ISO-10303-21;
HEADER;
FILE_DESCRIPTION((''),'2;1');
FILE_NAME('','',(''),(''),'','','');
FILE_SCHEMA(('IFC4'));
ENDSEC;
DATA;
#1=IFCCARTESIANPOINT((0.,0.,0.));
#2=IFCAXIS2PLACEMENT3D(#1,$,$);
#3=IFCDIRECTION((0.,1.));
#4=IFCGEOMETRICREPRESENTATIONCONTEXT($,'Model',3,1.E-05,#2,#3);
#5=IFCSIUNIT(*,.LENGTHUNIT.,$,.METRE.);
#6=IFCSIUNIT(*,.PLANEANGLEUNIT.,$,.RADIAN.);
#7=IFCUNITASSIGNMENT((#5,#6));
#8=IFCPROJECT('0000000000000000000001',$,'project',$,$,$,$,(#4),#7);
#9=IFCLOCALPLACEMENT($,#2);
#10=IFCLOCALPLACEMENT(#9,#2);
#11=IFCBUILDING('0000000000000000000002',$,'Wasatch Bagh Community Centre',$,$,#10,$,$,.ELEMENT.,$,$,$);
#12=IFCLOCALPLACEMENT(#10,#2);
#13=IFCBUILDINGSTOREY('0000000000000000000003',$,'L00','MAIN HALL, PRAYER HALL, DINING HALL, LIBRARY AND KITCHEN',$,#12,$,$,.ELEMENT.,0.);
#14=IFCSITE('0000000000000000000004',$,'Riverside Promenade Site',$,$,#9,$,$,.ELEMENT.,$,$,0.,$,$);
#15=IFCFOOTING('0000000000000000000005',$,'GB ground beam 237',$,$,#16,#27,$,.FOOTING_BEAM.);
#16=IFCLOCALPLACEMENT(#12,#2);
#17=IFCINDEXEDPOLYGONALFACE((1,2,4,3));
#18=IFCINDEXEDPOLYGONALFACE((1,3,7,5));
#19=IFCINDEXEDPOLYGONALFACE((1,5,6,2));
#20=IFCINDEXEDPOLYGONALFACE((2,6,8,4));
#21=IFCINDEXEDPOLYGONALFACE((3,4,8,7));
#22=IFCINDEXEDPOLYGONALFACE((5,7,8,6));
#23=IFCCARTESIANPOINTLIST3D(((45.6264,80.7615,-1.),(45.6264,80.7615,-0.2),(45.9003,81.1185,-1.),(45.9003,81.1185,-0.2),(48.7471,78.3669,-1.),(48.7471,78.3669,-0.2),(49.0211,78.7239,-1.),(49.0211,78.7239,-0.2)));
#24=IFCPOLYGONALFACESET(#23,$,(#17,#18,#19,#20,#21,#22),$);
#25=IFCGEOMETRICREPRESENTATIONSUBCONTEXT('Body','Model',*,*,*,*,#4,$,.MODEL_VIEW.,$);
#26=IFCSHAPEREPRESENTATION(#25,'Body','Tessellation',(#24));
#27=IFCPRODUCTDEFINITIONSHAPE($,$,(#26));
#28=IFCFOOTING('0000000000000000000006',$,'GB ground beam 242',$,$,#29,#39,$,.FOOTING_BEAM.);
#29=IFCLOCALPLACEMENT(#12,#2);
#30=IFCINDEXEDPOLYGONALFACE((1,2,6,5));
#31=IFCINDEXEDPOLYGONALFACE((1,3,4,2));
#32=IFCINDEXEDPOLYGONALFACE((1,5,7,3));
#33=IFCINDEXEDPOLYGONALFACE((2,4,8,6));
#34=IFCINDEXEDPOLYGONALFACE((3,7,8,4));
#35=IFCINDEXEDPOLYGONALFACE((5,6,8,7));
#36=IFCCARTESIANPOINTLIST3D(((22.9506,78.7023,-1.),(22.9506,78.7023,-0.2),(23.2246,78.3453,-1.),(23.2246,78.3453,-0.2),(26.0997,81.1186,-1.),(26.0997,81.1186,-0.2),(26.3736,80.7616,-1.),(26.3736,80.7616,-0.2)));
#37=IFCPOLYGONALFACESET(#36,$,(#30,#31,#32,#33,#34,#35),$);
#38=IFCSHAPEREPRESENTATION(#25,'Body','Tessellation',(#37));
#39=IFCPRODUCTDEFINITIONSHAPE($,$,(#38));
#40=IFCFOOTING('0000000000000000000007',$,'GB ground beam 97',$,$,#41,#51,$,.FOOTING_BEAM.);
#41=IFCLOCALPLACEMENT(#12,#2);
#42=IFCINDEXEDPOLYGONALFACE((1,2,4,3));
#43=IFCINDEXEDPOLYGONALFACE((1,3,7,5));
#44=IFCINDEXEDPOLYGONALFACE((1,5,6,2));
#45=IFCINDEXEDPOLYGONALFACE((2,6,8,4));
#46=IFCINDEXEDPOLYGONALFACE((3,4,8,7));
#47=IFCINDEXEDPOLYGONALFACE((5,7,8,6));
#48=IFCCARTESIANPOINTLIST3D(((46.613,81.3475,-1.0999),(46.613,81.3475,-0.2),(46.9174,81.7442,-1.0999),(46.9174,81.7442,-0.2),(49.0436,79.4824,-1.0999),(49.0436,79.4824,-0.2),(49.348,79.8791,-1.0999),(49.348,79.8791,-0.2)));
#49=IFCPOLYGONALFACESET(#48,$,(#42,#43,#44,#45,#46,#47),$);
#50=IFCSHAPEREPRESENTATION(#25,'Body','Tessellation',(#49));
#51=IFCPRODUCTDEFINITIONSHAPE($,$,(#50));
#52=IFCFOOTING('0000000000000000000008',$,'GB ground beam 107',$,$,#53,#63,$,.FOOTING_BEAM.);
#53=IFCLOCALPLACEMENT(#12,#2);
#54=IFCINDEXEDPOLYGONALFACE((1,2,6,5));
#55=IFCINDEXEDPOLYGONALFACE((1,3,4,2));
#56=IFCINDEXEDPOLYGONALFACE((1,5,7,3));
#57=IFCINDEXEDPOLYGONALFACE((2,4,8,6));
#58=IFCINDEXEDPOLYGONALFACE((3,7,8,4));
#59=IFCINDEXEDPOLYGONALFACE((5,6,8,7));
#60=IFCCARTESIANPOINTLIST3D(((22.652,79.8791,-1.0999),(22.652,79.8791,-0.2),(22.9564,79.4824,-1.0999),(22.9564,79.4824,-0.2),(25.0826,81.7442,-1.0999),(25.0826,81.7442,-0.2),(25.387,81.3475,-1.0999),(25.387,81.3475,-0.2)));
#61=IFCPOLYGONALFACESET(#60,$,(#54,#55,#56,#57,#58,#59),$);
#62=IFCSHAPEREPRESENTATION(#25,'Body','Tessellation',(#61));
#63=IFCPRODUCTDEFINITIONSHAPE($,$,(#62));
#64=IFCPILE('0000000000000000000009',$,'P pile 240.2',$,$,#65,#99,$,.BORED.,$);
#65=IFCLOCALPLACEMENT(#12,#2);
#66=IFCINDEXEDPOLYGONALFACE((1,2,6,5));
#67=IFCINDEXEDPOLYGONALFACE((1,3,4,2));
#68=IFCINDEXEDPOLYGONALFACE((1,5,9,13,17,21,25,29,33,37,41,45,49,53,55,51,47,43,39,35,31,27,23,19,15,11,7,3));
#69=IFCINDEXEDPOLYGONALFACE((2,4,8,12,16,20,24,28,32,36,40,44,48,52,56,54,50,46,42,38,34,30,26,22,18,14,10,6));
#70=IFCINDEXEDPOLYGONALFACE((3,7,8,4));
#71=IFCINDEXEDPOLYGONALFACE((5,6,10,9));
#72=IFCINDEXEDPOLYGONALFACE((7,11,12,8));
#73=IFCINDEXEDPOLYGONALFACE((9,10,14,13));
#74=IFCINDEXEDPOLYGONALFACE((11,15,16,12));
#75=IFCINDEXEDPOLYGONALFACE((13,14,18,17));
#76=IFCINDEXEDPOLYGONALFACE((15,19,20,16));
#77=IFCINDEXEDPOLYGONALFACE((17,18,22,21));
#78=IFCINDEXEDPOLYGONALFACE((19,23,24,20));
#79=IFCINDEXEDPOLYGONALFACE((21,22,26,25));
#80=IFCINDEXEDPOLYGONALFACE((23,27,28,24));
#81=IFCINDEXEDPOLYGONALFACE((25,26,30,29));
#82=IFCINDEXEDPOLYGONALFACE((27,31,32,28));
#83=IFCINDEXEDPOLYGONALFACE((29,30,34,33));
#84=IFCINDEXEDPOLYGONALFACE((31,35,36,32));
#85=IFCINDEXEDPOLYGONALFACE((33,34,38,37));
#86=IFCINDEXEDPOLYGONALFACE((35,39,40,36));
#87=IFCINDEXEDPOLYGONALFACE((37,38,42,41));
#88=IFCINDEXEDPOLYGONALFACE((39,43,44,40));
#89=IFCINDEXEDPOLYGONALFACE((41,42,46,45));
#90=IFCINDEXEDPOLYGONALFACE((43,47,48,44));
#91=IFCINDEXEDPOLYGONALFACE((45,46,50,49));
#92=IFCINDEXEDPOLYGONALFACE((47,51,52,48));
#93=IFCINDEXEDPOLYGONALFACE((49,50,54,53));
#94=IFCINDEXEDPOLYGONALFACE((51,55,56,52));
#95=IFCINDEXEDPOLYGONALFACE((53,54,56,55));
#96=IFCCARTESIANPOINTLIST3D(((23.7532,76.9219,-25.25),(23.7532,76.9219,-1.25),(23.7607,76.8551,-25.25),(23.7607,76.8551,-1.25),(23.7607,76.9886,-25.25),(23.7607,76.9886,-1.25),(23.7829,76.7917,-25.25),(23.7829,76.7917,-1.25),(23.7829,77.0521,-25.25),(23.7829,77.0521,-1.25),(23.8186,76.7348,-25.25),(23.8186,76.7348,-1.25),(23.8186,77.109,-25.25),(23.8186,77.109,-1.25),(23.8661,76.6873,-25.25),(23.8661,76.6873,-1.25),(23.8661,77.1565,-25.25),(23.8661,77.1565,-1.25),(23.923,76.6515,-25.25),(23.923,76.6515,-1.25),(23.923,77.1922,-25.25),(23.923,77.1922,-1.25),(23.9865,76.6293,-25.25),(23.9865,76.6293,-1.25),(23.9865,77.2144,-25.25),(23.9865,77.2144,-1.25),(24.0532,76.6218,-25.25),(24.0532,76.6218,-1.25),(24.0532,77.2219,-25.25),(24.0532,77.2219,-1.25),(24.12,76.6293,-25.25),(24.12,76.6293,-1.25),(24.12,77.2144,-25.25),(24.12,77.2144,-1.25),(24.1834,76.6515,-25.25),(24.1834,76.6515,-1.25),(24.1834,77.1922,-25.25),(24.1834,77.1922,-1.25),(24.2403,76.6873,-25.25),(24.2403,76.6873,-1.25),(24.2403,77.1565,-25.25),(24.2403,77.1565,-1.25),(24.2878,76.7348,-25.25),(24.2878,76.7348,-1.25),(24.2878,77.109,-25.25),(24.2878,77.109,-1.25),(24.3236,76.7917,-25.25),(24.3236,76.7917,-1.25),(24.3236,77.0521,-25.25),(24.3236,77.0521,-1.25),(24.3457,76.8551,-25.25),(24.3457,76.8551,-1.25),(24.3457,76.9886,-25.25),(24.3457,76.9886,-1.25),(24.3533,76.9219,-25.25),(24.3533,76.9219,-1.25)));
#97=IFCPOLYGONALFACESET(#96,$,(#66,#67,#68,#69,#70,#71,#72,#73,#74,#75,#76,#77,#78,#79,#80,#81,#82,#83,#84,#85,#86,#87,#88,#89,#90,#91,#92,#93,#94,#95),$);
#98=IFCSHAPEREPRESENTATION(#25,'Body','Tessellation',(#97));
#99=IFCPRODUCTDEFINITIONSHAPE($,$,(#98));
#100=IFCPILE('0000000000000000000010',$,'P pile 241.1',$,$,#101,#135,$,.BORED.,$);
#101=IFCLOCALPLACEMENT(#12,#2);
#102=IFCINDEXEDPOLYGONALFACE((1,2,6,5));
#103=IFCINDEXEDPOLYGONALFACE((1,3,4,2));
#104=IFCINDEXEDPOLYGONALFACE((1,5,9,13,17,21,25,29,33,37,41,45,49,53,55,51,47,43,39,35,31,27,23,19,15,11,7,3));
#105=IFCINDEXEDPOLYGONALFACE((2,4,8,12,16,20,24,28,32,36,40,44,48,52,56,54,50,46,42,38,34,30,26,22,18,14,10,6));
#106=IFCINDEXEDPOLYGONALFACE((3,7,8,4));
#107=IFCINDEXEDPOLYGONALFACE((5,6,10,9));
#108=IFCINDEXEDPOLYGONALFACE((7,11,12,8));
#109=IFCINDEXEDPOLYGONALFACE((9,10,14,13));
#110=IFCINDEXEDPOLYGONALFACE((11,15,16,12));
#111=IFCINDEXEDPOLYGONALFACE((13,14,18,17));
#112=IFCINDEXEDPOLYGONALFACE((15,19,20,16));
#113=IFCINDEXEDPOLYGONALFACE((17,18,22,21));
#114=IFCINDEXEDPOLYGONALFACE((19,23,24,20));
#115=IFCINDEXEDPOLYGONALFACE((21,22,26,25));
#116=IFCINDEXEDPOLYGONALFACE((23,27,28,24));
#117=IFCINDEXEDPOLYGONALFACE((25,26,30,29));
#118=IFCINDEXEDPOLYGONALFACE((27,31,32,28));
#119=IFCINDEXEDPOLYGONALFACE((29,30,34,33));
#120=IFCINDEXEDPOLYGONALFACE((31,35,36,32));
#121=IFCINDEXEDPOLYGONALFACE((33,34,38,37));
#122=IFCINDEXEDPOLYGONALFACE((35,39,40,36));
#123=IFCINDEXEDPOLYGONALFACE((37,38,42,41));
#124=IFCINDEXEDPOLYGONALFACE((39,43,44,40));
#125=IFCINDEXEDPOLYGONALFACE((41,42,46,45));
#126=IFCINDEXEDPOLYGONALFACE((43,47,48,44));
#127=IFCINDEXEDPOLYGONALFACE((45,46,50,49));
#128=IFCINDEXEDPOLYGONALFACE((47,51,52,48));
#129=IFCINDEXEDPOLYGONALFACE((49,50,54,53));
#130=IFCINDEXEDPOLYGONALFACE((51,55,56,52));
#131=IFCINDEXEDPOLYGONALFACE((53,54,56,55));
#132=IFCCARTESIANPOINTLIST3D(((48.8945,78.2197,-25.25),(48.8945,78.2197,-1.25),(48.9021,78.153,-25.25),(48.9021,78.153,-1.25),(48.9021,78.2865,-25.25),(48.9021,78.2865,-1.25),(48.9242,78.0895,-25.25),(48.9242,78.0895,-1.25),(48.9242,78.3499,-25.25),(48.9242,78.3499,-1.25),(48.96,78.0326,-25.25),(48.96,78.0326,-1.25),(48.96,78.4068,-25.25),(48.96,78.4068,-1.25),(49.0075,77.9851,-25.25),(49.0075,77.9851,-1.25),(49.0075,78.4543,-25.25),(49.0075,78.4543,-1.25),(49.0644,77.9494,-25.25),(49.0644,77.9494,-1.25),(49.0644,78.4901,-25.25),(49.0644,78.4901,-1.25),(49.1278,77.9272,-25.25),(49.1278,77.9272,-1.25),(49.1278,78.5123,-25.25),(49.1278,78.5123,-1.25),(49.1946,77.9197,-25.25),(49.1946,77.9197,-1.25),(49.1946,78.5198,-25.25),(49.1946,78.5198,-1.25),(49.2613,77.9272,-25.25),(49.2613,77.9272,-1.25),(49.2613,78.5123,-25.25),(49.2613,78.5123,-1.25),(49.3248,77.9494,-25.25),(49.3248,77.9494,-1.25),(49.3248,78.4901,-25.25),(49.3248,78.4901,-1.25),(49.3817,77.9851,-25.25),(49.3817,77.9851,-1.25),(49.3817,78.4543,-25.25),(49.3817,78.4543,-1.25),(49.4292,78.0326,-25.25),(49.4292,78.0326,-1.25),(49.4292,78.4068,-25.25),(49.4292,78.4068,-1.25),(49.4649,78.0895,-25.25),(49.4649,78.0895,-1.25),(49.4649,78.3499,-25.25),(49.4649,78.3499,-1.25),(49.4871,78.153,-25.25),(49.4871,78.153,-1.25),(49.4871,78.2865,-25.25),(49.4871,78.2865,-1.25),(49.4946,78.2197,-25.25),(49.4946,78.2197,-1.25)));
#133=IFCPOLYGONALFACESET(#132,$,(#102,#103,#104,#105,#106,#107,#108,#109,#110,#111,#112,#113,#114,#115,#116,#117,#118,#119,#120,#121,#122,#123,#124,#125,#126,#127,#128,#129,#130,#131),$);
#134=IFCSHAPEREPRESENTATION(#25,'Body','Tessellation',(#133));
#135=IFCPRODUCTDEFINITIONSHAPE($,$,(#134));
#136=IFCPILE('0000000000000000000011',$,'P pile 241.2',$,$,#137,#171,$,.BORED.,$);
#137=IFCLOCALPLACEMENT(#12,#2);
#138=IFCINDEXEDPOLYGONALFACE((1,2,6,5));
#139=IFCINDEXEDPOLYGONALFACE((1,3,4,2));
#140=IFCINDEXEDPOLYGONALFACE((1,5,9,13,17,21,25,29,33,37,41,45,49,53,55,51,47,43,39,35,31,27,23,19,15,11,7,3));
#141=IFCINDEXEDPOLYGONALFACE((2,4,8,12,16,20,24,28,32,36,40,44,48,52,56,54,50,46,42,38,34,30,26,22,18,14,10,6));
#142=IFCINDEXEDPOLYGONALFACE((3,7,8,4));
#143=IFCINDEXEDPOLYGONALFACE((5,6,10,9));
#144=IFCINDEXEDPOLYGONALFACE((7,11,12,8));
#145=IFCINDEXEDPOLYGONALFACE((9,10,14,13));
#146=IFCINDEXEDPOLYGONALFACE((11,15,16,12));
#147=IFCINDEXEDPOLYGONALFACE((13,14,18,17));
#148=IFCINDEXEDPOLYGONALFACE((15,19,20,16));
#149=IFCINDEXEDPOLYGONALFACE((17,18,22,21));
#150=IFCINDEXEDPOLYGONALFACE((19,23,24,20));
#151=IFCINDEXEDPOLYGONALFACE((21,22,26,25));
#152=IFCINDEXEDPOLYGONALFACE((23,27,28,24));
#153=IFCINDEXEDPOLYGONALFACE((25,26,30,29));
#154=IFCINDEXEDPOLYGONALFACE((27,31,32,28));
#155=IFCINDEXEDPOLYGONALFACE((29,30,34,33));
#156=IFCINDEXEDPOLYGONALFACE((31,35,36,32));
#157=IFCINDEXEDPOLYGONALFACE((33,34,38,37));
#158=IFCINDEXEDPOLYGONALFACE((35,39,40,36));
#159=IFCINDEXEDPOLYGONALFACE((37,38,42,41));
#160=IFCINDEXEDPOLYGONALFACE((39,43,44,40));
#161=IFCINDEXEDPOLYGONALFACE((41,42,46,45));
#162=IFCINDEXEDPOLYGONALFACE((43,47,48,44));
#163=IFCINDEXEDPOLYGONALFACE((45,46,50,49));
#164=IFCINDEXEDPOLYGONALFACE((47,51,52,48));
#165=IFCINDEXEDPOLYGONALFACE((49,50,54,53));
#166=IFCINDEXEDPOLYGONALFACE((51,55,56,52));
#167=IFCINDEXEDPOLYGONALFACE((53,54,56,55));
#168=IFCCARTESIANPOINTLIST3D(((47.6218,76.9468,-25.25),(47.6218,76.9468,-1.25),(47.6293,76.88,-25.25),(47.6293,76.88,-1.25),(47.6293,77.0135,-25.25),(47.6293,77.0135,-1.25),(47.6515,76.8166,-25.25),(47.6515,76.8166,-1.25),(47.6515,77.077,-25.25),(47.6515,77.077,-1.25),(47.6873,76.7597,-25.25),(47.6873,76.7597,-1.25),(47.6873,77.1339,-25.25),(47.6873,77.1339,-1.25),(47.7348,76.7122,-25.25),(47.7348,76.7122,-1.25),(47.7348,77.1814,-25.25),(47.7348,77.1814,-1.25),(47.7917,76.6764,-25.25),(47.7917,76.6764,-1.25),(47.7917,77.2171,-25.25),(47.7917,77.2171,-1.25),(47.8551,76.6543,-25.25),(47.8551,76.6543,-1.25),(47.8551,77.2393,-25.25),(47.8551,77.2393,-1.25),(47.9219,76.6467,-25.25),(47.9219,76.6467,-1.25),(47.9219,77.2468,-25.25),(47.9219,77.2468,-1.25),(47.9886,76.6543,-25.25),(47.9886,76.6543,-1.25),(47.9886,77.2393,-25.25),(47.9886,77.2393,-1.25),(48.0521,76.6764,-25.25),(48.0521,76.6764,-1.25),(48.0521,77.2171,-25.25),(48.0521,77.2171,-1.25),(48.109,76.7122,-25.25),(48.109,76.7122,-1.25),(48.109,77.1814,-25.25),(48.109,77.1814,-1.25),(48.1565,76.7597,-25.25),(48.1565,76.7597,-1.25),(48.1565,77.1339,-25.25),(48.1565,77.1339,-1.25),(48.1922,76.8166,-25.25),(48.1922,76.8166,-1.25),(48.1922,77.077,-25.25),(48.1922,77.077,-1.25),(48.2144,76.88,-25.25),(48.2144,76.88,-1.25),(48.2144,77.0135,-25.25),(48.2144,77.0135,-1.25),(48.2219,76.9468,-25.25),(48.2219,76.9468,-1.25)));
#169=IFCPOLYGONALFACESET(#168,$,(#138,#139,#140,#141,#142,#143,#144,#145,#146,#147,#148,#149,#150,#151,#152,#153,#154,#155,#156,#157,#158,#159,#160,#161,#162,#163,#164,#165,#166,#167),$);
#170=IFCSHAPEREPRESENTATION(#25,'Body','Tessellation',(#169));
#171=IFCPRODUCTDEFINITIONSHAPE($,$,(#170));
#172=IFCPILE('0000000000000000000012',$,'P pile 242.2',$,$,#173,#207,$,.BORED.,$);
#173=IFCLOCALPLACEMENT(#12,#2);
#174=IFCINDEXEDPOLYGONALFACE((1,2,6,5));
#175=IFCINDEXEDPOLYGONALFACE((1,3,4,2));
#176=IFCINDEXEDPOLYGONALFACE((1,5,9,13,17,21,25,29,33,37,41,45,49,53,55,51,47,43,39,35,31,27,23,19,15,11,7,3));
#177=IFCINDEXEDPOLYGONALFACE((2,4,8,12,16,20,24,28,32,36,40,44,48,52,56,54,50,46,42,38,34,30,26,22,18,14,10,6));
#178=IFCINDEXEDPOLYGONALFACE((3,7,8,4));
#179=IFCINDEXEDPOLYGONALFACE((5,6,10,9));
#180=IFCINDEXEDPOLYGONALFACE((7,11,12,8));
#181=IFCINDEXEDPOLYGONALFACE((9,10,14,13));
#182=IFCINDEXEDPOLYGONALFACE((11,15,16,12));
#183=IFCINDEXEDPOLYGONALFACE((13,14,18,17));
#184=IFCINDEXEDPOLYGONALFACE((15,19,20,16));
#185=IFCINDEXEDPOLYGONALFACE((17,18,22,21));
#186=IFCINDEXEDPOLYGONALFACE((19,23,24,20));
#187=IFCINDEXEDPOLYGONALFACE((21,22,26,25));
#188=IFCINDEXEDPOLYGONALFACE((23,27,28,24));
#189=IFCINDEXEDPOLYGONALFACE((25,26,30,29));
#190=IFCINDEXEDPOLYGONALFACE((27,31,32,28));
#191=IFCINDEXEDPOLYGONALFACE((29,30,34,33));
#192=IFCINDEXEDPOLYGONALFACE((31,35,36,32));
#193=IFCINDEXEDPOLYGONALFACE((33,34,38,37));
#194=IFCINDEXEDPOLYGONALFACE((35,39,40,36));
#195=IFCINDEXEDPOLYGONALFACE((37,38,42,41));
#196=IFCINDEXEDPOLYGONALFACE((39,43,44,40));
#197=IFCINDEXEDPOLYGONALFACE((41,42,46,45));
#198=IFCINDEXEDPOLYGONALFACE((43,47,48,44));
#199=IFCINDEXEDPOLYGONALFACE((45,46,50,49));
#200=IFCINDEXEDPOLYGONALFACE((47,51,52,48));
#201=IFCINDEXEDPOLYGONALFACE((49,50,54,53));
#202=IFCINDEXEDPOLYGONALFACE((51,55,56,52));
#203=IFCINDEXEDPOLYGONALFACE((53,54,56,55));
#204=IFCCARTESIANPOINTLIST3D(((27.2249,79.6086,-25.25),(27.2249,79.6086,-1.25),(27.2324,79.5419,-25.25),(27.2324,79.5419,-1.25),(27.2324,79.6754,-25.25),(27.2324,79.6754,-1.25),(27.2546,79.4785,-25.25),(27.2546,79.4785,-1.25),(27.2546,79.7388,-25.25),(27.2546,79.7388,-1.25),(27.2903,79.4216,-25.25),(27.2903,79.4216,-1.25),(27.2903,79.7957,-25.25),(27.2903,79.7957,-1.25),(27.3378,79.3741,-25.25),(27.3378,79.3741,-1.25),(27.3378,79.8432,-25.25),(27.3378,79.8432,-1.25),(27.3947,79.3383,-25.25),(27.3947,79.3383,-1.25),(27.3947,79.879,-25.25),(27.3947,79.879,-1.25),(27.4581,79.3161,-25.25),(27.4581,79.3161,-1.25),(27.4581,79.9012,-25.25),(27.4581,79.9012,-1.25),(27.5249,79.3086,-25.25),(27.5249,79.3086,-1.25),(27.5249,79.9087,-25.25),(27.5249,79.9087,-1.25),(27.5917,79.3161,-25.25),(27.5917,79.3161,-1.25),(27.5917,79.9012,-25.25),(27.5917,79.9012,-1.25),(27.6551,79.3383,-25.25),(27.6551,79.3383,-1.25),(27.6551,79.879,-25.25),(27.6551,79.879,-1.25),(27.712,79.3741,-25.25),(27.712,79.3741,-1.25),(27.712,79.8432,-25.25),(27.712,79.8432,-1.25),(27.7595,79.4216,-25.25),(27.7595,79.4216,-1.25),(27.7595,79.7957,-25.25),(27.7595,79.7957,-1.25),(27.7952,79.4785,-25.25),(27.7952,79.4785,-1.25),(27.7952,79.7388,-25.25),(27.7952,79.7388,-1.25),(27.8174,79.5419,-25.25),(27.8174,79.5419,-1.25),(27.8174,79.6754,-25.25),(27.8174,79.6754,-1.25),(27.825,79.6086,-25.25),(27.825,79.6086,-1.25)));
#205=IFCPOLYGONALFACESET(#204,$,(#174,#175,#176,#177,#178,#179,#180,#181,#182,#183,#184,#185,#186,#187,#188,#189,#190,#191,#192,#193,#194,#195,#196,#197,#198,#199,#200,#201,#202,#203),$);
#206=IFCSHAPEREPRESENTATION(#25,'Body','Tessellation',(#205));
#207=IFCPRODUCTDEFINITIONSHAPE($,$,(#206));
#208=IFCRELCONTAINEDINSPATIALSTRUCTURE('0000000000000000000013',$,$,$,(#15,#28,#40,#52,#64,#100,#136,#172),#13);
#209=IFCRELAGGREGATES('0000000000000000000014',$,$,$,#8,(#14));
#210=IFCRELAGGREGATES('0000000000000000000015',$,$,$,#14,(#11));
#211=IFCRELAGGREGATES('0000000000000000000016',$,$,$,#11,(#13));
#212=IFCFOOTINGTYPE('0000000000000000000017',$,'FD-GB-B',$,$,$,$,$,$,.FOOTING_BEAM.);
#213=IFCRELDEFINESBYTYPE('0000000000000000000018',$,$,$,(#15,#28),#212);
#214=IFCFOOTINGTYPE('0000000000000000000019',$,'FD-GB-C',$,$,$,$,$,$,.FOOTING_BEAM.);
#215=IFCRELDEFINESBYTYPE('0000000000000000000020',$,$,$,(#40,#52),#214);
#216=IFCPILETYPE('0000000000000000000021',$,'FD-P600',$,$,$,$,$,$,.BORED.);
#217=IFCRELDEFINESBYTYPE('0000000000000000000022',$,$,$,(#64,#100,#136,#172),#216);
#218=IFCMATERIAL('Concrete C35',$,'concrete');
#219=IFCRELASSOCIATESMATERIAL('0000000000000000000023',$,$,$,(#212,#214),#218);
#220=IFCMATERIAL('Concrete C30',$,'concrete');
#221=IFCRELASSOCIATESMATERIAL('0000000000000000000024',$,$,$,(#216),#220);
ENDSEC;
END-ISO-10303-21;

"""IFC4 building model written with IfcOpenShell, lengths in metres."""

from ifc_helpers import new_model, si_unit, direction, frame, origin, origin_2d, place, context, subcontext, project, spatial, rectangle, circle, extrude, material, material_profile, profile_set, type_object, element, save


model = new_model("IFC4")

# Units and contexts
model_context = context("Model", 3, precision=1e-05, world=origin(), true_north=direction((0.0, 1.0)))
body_context = subcontext(model_context, "Body", "Model", "MODEL_VIEW")
ifc_project = project(units=[si_unit("LENGTHUNIT", "METRE"), si_unit("PLANEANGLEUNIT", "RADIAN")], contexts=[model_context])

# Site, building, storey
site_placement = place(None, origin())
site = spatial("IfcSite", under=ifc_project, at=site_placement, Name="Riverside Promenade Site", CompositionType="ELEMENT", RefElevation=0.0)
building_placement = place(site_placement, origin())
building = spatial("IfcBuilding", under=site, at=building_placement, Name="Wasatch Bagh Community Centre", CompositionType="ELEMENT")
storey_placement = place(building_placement, origin())
storey = spatial("IfcBuildingStorey", under=building, at=storey_placement, Name="L00", Description="MAIN HALL, PRAYER HALL, DINING HALL, LIBRARY AND KITCHEN", CompositionType="ELEMENT", Elevation=0.0)

# Footings
ifc_material_1 = material(Name="Concrete C35", Category="concrete")
footing_type_1 = type_object("IfcFootingType", Name="FD-GB-B", PredefinedType="FOOTING_BEAM", material=ifc_material_1)
footing_1_placement = place(storey_placement, frame((47.3237, 79.7427, -1.0), z_axis=(0.0, 0.0, 1.0), x_axis=(-0.793353, 0.608761, 0.0)))
element("IfcFooting", 1, at=footing_1_placement, inside=storey, type_object=footing_type_1, Name="GB ground beam 237", PredefinedType="FOOTING_BEAM", context=body_context, shape_type="SweptSolid", body=[
    extrude(rectangle(XDim=3.9336, YDim=0.45, at=origin_2d()), origin(), (0.0, 0.0, 1.0), 0.8),
])
footing_2_placement = place(storey_placement, frame((24.6621, 79.7319, -1.0), z_axis=(0.0, 0.0, 1.0), x_axis=(-0.793353, -0.608761, 0.0)))
element("IfcFooting", 2, at=footing_2_placement, inside=storey, type_object=footing_type_1, Name="GB ground beam 242", PredefinedType="FOOTING_BEAM", context=body_context, shape_type="SweptSolid", body=[
    extrude(rectangle(XDim=3.9692, YDim=0.45, at=origin_2d()), origin(), (0.0, 0.0, 1.0), 0.8),
])
footing_type_2 = type_object("IfcFootingType", Name="FD-GB-C", PredefinedType="FOOTING_BEAM", material=ifc_material_1)
for number, where, z_axis, x_axis, name in (
    (3, (47.9805, 80.6133, -1.0999), (0.0, 0.0, 1.0), (-0.793353, 0.608761, 0.0), "GB ground beam 97"),
    (4, (24.0195, 80.6133, -1.0999), (0.0, 0.0, 1.0), (-0.793353, -0.608761, 0.0), "GB ground beam 107"),
):
    element("IfcFooting", number, at=place(storey_placement, frame(where, z_axis=z_axis, x_axis=x_axis)), inside=storey, type_object=footing_type_2, Name=name, PredefinedType="FOOTING_BEAM", context=body_context, shape_type="SweptSolid", body=[
        extrude(rectangle(XDim=3.0637, YDim=0.5, at=origin_2d()), origin(), (0.0, 0.0, 1.0), 0.8999),
    ])

# Piles
ifc_material_2 = material(Name="Concrete C30", Category="concrete")
ifc_material_profile_1 = material_profile(ifc_material_2, circle(Radius=0.3, at=origin_2d()), Name="RC D600")
ifc_profile_set_1 = profile_set([ifc_material_profile_1], Name="Concrete C30")
pile_type = type_object("IfcPileType", Name="FD-P600", PredefinedType="BORED", material=ifc_profile_set_1)
for number, where, z_axis, x_axis, name in (
    (5, (24.0532, 76.9219, -1.25), (0.0, 0.0, -1.0), (1.0, 0.0, 0.0), "P pile 240.2"),
    (6, (49.1946, 78.2197, -1.25), (0.0, 0.0, -1.0), (1.0, 0.0, 0.0), "P pile 241.1"),
    (7, (47.9219, 76.9468, -1.25), (0.0, 0.0, -1.0), (1.0, 0.0, 0.0), "P pile 241.2"),
    (8, (27.5249, 79.6086, -1.25), (0.0, 0.0, -1.0), (1.0, 0.0, 0.0), "P pile 242.2"),
):
    element("IfcPile", number, at=place(storey_placement, frame(where, z_axis=z_axis, x_axis=x_axis)), inside=storey, type_object=pile_type, Name=name, PredefinedType="BORED", context=body_context, shape_type="SweptSolid", body=[
        extrude(circle(Radius=0.3, at=origin_2d()), origin(), (0.0, 0.0, 1.0), 24.0),
    ])

save(model, "model.ifc")
